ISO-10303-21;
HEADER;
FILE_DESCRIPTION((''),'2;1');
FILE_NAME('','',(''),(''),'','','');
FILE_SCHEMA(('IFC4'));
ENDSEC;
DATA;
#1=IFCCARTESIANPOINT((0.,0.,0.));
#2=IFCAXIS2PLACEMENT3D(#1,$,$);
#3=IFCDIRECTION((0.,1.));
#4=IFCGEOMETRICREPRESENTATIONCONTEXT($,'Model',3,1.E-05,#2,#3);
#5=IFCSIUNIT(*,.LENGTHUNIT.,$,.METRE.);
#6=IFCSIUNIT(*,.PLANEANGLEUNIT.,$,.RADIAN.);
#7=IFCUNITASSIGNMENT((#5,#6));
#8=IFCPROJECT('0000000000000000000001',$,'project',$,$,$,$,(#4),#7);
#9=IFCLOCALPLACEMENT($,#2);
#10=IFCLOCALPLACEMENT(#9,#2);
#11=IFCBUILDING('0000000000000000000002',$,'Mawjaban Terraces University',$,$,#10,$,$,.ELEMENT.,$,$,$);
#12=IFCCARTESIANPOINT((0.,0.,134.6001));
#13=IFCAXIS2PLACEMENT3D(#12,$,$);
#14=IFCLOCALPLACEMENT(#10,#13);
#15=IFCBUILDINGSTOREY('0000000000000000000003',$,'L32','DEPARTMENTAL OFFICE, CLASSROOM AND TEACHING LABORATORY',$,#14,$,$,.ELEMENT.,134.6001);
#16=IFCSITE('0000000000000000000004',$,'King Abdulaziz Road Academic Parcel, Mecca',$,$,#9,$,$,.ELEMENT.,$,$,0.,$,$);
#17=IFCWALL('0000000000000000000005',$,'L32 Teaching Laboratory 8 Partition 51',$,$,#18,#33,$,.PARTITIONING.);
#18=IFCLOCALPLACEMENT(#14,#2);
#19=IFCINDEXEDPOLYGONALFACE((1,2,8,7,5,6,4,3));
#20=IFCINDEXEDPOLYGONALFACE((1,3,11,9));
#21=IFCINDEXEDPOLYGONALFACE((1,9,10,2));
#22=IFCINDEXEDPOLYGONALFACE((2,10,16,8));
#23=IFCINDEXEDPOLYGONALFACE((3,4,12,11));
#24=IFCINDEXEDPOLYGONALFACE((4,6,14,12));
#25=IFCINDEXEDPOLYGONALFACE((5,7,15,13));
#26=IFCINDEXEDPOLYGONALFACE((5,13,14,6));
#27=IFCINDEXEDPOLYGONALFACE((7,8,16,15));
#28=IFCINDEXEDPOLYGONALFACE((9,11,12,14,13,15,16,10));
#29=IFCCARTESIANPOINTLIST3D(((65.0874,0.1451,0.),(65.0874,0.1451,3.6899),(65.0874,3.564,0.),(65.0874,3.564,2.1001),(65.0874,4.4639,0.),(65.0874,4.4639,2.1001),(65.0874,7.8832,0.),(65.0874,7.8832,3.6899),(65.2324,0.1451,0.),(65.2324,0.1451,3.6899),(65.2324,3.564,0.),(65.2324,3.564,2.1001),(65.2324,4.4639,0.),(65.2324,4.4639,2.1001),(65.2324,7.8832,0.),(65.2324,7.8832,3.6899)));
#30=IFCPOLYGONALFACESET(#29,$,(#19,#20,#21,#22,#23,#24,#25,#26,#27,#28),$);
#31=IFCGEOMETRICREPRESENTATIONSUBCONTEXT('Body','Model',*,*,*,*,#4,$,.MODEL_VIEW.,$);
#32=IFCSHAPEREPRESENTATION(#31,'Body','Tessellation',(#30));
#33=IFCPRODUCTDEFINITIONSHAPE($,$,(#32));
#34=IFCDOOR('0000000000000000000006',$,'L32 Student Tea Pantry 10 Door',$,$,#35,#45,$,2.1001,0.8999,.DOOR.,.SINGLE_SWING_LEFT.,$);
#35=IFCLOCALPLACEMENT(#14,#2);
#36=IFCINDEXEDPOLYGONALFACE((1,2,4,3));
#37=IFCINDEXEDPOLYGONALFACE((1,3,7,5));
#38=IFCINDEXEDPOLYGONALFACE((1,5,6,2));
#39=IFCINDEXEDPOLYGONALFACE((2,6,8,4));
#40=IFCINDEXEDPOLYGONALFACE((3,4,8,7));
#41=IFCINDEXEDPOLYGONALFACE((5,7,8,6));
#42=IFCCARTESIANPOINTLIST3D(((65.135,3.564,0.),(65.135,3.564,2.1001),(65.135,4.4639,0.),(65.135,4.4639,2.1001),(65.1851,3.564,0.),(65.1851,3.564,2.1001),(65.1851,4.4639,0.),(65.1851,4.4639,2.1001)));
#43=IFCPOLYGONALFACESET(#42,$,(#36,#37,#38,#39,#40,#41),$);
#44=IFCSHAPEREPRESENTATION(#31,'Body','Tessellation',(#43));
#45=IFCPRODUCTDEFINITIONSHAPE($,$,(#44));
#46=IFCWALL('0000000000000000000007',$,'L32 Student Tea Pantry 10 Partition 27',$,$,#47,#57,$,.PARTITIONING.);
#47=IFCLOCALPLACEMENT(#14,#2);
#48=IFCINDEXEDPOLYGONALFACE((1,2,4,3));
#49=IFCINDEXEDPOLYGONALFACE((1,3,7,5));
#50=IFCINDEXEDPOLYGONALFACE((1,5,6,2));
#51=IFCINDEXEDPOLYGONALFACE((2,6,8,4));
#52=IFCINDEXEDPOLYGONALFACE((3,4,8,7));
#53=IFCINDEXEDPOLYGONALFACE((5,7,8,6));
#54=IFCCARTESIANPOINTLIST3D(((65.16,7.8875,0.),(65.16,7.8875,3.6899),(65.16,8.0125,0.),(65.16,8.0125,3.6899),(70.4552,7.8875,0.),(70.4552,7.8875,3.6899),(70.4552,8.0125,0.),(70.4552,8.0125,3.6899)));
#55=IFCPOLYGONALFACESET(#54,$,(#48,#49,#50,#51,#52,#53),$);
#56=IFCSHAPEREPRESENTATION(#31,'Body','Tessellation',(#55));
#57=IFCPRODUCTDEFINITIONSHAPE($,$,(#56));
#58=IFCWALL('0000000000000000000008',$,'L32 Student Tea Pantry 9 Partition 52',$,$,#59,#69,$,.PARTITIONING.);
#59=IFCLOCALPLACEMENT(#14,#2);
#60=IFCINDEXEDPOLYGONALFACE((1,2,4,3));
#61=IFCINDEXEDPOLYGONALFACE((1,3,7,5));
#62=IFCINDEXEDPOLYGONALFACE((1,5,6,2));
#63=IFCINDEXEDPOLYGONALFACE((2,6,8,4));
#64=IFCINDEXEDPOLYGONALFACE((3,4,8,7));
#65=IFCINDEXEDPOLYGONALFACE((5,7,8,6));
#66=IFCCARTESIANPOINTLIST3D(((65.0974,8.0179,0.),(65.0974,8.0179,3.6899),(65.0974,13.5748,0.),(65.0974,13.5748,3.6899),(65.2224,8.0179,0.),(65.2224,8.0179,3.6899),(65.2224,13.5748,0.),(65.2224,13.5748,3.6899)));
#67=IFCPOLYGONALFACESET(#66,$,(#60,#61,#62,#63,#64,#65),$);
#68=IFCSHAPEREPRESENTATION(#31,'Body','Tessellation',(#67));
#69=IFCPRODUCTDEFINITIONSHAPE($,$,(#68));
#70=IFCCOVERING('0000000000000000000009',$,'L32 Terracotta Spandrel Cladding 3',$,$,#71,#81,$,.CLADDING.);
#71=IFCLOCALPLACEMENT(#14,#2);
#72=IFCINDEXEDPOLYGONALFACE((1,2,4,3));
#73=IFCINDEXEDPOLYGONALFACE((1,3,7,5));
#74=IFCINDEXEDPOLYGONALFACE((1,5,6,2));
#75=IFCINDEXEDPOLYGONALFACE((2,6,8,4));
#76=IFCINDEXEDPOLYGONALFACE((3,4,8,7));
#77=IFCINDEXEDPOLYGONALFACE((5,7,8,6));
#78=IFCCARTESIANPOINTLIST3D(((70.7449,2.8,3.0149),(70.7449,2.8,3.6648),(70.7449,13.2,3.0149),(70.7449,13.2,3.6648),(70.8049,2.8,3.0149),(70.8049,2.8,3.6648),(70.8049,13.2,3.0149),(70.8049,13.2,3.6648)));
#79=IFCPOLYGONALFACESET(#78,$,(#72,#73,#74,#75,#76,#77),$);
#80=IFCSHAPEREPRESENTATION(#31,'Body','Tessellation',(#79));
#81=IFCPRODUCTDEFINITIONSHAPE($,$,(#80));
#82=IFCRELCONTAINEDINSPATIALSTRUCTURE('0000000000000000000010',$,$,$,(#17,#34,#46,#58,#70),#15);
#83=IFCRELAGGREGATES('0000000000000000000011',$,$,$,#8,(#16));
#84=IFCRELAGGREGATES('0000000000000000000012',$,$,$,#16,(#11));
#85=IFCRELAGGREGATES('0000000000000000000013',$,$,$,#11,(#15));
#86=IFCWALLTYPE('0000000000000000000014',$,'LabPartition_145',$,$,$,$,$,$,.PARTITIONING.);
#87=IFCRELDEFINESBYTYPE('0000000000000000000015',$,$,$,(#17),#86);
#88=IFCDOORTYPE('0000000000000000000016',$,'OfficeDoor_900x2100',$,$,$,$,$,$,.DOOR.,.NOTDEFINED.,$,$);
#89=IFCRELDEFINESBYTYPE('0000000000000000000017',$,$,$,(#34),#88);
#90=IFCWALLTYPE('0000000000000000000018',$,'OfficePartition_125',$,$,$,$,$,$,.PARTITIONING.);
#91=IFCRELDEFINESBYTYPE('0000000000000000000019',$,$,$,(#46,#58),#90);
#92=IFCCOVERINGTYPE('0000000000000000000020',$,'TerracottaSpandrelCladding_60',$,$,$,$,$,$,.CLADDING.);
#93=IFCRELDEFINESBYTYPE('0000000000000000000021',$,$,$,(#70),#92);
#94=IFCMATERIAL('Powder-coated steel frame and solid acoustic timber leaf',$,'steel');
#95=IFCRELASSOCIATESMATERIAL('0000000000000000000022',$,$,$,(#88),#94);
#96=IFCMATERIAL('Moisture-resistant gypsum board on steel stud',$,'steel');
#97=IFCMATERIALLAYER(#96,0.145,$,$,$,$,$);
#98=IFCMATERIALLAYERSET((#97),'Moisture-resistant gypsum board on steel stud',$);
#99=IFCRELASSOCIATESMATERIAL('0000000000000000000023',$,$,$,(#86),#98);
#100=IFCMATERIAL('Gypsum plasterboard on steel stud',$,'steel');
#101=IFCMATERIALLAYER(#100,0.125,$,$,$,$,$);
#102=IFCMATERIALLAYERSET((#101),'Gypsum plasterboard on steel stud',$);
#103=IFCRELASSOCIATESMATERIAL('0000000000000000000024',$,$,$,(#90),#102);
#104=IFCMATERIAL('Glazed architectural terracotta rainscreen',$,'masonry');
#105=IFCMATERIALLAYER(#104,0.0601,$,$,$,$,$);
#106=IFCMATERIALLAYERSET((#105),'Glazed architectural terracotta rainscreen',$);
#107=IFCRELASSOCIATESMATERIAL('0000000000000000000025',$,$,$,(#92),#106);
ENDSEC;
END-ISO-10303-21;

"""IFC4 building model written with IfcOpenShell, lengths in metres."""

from ifc_helpers import new_model, si_unit, direction, frame, frame_2d, origin, origin_2d, place, context, subcontext, project, spatial, rectangle, extrude, material, layer, layer_set, type_object, element, fill, save


model = new_model("IFC4")

# Units and contexts
model_context = context("Model", 3, precision=1e-05, world=origin(), true_north=direction((0.0, 1.0)))
body_context = subcontext(model_context, "Body", "Model", "MODEL_VIEW")
ifc_project = project(units=[si_unit("LENGTHUNIT", "METRE"), si_unit("PLANEANGLEUNIT", "RADIAN")], contexts=[model_context])

# Site, building, storey
site_placement = place(None, origin())
site = spatial("IfcSite", under=ifc_project, at=site_placement, Name="King Abdulaziz Road Academic Parcel, Mecca", CompositionType="ELEMENT", RefElevation=0.0)
building_placement = place(site_placement, origin())
building = spatial("IfcBuilding", under=site, at=building_placement, Name="Mawjaban Terraces University", CompositionType="ELEMENT")
storey_placement = place(building_placement, frame((0.0, 0.0, 134.6001)))
storey = spatial("IfcBuildingStorey", under=building, at=storey_placement, Name="L32", Description="DEPARTMENTAL OFFICE, CLASSROOM AND TEACHING LABORATORY", CompositionType="ELEMENT", Elevation=134.6001)

# Shared definitions
ifc_material_1 = material(Name="Powder-coated steel frame and solid acoustic timber leaf", Category="steel")
door_type_1 = type_object("IfcDoorType", Name="OfficeDoor_900x2100", OperationType="NOTDEFINED", PredefinedType="DOOR", material=ifc_material_1)

# Shared definitions
ifc_material_2 = material(Name="Moisture-resistant gypsum board on steel stud", Category="steel")
ifc_layer_1 = layer(ifc_material_2, 0.145)
ifc_layer_set_1 = layer_set([ifc_layer_1], Name="Moisture-resistant gypsum board on steel stud")
wall_type_1 = type_object("IfcWallType", Name="LabPartition_145", PredefinedType="PARTITIONING", material=ifc_layer_set_1)

# Wall, opening, door
wall_1_placement = place(storey_placement, frame((65.1599, 0.145, 0.0), z_axis=(0.0, 0.0, 1.0), x_axis=(0.0, 1.0, 0.0)))
wall_1 = element("IfcWall", 1, at=wall_1_placement, inside=storey, type_object=wall_type_1, Name="L32 Teaching Laboratory 8 Partition 51", PredefinedType="PARTITIONING", context=body_context, shape_type="SweptSolid", body=[
    extrude(rectangle(XDim=7.738, YDim=0.145, at=frame_2d((3.8691, 0.0))), origin(), (0.0, 0.0, 1.0), 3.6899),
])
opening_1_placement = place(wall_1_placement, frame((3.4189, 0.0, 0.0)))
opening_1 = element("IfcOpeningElement", 2, at=opening_1_placement, cuts=wall_1, PredefinedType="OPENING", context=body_context, shape_type="SweptSolid", body=[
    extrude(rectangle(XDim=0.8999, YDim=2.1001, at=frame_2d((0.45, 1.05))), frame((0.0, 0.0825, 0.0), z_axis=(0.0, -1.0, 0.0), x_axis=(1.0, 0.0, 0.0)), (0.0, 0.0, 1.0), 0.165),
])
door_1_placement = place(opening_1_placement, origin())
door_1 = element("IfcDoor", 3, at=door_1_placement, inside=storey, type_object=door_type_1, Name="L32 Student Tea Pantry 10 Door", OperationType="SINGLE_SWING_LEFT", OverallHeight=2.1001, OverallWidth=0.8999, PredefinedType="DOOR", context=body_context, shape_type="SweptSolid", body=[
    extrude(rectangle(XDim=0.8999, YDim=2.1001, at=frame_2d((0.45, 1.05))), frame((0.0, 0.0249, 0.0), z_axis=(0.0, -1.0, 0.0), x_axis=(1.0, 0.0, 0.0)), (0.0, 0.0, 1.0), 0.05),
])
fill(opening_1, door_1)

# Walls
ifc_material_3 = material(Name="Gypsum plasterboard on steel stud", Category="steel")
ifc_layer_2 = layer(ifc_material_3, 0.125)
ifc_layer_set_2 = layer_set([ifc_layer_2], Name="Gypsum plasterboard on steel stud")
wall_type_2 = type_object("IfcWallType", Name="OfficePartition_125", PredefinedType="PARTITIONING", material=ifc_layer_set_2)
wall_2_placement = place(storey_placement, frame((70.4551, 7.95, 0.0), z_axis=(0.0, 0.0, 1.0), x_axis=(-1.0, 0.0, 0.0)))
element("IfcWall", 4, at=wall_2_placement, inside=storey, type_object=wall_type_2, Name="L32 Student Tea Pantry 10 Partition 27", PredefinedType="PARTITIONING", context=body_context, shape_type="SweptSolid", body=[
    extrude(rectangle(XDim=5.2952, YDim=0.125, at=frame_2d((2.6475, 0.0))), origin(), (0.0, 0.0, 1.0), 3.6899),
])
wall_3_placement = place(storey_placement, frame((65.1599, 8.0181, 0.0), z_axis=(0.0, 0.0, 1.0), x_axis=(0.0, 1.0, 0.0)))
element("IfcWall", 5, at=wall_3_placement, inside=storey, type_object=wall_type_2, Name="L32 Student Tea Pantry 9 Partition 52", PredefinedType="PARTITIONING", context=body_context, shape_type="SweptSolid", body=[
    extrude(rectangle(XDim=5.5569, YDim=0.125, at=frame_2d((2.7783, 0.0))), origin(), (0.0, 0.0, 1.0), 3.6899),
])

# Covering
ifc_material_4 = material(Name="Glazed architectural terracotta rainscreen", Category="masonry")
ifc_layer_3 = layer(ifc_material_4, 0.0601)
ifc_layer_set_3 = layer_set([ifc_layer_3], Name="Glazed architectural terracotta rainscreen")
covering_type = type_object("IfcCoveringType", Name="TerracottaSpandrelCladding_60", PredefinedType="CLADDING", material=ifc_layer_set_3)
covering_placement = place(storey_placement, frame((70.7749, 8.0, 3.0149), z_axis=(0.0, 0.0, 1.0), x_axis=(0.0, 1.0, 0.0)))
element("IfcCovering", 6, at=covering_placement, inside=storey, type_object=covering_type, Name="L32 Terracotta Spandrel Cladding 3", PredefinedType="CLADDING", context=body_context, shape_type="SweptSolid", body=[
    extrude(rectangle(XDim=10.3999, YDim=0.0601, at=origin_2d()), origin(), (0.0, 0.0, 1.0), 0.6499),
])

save(model, "model.ifc")
